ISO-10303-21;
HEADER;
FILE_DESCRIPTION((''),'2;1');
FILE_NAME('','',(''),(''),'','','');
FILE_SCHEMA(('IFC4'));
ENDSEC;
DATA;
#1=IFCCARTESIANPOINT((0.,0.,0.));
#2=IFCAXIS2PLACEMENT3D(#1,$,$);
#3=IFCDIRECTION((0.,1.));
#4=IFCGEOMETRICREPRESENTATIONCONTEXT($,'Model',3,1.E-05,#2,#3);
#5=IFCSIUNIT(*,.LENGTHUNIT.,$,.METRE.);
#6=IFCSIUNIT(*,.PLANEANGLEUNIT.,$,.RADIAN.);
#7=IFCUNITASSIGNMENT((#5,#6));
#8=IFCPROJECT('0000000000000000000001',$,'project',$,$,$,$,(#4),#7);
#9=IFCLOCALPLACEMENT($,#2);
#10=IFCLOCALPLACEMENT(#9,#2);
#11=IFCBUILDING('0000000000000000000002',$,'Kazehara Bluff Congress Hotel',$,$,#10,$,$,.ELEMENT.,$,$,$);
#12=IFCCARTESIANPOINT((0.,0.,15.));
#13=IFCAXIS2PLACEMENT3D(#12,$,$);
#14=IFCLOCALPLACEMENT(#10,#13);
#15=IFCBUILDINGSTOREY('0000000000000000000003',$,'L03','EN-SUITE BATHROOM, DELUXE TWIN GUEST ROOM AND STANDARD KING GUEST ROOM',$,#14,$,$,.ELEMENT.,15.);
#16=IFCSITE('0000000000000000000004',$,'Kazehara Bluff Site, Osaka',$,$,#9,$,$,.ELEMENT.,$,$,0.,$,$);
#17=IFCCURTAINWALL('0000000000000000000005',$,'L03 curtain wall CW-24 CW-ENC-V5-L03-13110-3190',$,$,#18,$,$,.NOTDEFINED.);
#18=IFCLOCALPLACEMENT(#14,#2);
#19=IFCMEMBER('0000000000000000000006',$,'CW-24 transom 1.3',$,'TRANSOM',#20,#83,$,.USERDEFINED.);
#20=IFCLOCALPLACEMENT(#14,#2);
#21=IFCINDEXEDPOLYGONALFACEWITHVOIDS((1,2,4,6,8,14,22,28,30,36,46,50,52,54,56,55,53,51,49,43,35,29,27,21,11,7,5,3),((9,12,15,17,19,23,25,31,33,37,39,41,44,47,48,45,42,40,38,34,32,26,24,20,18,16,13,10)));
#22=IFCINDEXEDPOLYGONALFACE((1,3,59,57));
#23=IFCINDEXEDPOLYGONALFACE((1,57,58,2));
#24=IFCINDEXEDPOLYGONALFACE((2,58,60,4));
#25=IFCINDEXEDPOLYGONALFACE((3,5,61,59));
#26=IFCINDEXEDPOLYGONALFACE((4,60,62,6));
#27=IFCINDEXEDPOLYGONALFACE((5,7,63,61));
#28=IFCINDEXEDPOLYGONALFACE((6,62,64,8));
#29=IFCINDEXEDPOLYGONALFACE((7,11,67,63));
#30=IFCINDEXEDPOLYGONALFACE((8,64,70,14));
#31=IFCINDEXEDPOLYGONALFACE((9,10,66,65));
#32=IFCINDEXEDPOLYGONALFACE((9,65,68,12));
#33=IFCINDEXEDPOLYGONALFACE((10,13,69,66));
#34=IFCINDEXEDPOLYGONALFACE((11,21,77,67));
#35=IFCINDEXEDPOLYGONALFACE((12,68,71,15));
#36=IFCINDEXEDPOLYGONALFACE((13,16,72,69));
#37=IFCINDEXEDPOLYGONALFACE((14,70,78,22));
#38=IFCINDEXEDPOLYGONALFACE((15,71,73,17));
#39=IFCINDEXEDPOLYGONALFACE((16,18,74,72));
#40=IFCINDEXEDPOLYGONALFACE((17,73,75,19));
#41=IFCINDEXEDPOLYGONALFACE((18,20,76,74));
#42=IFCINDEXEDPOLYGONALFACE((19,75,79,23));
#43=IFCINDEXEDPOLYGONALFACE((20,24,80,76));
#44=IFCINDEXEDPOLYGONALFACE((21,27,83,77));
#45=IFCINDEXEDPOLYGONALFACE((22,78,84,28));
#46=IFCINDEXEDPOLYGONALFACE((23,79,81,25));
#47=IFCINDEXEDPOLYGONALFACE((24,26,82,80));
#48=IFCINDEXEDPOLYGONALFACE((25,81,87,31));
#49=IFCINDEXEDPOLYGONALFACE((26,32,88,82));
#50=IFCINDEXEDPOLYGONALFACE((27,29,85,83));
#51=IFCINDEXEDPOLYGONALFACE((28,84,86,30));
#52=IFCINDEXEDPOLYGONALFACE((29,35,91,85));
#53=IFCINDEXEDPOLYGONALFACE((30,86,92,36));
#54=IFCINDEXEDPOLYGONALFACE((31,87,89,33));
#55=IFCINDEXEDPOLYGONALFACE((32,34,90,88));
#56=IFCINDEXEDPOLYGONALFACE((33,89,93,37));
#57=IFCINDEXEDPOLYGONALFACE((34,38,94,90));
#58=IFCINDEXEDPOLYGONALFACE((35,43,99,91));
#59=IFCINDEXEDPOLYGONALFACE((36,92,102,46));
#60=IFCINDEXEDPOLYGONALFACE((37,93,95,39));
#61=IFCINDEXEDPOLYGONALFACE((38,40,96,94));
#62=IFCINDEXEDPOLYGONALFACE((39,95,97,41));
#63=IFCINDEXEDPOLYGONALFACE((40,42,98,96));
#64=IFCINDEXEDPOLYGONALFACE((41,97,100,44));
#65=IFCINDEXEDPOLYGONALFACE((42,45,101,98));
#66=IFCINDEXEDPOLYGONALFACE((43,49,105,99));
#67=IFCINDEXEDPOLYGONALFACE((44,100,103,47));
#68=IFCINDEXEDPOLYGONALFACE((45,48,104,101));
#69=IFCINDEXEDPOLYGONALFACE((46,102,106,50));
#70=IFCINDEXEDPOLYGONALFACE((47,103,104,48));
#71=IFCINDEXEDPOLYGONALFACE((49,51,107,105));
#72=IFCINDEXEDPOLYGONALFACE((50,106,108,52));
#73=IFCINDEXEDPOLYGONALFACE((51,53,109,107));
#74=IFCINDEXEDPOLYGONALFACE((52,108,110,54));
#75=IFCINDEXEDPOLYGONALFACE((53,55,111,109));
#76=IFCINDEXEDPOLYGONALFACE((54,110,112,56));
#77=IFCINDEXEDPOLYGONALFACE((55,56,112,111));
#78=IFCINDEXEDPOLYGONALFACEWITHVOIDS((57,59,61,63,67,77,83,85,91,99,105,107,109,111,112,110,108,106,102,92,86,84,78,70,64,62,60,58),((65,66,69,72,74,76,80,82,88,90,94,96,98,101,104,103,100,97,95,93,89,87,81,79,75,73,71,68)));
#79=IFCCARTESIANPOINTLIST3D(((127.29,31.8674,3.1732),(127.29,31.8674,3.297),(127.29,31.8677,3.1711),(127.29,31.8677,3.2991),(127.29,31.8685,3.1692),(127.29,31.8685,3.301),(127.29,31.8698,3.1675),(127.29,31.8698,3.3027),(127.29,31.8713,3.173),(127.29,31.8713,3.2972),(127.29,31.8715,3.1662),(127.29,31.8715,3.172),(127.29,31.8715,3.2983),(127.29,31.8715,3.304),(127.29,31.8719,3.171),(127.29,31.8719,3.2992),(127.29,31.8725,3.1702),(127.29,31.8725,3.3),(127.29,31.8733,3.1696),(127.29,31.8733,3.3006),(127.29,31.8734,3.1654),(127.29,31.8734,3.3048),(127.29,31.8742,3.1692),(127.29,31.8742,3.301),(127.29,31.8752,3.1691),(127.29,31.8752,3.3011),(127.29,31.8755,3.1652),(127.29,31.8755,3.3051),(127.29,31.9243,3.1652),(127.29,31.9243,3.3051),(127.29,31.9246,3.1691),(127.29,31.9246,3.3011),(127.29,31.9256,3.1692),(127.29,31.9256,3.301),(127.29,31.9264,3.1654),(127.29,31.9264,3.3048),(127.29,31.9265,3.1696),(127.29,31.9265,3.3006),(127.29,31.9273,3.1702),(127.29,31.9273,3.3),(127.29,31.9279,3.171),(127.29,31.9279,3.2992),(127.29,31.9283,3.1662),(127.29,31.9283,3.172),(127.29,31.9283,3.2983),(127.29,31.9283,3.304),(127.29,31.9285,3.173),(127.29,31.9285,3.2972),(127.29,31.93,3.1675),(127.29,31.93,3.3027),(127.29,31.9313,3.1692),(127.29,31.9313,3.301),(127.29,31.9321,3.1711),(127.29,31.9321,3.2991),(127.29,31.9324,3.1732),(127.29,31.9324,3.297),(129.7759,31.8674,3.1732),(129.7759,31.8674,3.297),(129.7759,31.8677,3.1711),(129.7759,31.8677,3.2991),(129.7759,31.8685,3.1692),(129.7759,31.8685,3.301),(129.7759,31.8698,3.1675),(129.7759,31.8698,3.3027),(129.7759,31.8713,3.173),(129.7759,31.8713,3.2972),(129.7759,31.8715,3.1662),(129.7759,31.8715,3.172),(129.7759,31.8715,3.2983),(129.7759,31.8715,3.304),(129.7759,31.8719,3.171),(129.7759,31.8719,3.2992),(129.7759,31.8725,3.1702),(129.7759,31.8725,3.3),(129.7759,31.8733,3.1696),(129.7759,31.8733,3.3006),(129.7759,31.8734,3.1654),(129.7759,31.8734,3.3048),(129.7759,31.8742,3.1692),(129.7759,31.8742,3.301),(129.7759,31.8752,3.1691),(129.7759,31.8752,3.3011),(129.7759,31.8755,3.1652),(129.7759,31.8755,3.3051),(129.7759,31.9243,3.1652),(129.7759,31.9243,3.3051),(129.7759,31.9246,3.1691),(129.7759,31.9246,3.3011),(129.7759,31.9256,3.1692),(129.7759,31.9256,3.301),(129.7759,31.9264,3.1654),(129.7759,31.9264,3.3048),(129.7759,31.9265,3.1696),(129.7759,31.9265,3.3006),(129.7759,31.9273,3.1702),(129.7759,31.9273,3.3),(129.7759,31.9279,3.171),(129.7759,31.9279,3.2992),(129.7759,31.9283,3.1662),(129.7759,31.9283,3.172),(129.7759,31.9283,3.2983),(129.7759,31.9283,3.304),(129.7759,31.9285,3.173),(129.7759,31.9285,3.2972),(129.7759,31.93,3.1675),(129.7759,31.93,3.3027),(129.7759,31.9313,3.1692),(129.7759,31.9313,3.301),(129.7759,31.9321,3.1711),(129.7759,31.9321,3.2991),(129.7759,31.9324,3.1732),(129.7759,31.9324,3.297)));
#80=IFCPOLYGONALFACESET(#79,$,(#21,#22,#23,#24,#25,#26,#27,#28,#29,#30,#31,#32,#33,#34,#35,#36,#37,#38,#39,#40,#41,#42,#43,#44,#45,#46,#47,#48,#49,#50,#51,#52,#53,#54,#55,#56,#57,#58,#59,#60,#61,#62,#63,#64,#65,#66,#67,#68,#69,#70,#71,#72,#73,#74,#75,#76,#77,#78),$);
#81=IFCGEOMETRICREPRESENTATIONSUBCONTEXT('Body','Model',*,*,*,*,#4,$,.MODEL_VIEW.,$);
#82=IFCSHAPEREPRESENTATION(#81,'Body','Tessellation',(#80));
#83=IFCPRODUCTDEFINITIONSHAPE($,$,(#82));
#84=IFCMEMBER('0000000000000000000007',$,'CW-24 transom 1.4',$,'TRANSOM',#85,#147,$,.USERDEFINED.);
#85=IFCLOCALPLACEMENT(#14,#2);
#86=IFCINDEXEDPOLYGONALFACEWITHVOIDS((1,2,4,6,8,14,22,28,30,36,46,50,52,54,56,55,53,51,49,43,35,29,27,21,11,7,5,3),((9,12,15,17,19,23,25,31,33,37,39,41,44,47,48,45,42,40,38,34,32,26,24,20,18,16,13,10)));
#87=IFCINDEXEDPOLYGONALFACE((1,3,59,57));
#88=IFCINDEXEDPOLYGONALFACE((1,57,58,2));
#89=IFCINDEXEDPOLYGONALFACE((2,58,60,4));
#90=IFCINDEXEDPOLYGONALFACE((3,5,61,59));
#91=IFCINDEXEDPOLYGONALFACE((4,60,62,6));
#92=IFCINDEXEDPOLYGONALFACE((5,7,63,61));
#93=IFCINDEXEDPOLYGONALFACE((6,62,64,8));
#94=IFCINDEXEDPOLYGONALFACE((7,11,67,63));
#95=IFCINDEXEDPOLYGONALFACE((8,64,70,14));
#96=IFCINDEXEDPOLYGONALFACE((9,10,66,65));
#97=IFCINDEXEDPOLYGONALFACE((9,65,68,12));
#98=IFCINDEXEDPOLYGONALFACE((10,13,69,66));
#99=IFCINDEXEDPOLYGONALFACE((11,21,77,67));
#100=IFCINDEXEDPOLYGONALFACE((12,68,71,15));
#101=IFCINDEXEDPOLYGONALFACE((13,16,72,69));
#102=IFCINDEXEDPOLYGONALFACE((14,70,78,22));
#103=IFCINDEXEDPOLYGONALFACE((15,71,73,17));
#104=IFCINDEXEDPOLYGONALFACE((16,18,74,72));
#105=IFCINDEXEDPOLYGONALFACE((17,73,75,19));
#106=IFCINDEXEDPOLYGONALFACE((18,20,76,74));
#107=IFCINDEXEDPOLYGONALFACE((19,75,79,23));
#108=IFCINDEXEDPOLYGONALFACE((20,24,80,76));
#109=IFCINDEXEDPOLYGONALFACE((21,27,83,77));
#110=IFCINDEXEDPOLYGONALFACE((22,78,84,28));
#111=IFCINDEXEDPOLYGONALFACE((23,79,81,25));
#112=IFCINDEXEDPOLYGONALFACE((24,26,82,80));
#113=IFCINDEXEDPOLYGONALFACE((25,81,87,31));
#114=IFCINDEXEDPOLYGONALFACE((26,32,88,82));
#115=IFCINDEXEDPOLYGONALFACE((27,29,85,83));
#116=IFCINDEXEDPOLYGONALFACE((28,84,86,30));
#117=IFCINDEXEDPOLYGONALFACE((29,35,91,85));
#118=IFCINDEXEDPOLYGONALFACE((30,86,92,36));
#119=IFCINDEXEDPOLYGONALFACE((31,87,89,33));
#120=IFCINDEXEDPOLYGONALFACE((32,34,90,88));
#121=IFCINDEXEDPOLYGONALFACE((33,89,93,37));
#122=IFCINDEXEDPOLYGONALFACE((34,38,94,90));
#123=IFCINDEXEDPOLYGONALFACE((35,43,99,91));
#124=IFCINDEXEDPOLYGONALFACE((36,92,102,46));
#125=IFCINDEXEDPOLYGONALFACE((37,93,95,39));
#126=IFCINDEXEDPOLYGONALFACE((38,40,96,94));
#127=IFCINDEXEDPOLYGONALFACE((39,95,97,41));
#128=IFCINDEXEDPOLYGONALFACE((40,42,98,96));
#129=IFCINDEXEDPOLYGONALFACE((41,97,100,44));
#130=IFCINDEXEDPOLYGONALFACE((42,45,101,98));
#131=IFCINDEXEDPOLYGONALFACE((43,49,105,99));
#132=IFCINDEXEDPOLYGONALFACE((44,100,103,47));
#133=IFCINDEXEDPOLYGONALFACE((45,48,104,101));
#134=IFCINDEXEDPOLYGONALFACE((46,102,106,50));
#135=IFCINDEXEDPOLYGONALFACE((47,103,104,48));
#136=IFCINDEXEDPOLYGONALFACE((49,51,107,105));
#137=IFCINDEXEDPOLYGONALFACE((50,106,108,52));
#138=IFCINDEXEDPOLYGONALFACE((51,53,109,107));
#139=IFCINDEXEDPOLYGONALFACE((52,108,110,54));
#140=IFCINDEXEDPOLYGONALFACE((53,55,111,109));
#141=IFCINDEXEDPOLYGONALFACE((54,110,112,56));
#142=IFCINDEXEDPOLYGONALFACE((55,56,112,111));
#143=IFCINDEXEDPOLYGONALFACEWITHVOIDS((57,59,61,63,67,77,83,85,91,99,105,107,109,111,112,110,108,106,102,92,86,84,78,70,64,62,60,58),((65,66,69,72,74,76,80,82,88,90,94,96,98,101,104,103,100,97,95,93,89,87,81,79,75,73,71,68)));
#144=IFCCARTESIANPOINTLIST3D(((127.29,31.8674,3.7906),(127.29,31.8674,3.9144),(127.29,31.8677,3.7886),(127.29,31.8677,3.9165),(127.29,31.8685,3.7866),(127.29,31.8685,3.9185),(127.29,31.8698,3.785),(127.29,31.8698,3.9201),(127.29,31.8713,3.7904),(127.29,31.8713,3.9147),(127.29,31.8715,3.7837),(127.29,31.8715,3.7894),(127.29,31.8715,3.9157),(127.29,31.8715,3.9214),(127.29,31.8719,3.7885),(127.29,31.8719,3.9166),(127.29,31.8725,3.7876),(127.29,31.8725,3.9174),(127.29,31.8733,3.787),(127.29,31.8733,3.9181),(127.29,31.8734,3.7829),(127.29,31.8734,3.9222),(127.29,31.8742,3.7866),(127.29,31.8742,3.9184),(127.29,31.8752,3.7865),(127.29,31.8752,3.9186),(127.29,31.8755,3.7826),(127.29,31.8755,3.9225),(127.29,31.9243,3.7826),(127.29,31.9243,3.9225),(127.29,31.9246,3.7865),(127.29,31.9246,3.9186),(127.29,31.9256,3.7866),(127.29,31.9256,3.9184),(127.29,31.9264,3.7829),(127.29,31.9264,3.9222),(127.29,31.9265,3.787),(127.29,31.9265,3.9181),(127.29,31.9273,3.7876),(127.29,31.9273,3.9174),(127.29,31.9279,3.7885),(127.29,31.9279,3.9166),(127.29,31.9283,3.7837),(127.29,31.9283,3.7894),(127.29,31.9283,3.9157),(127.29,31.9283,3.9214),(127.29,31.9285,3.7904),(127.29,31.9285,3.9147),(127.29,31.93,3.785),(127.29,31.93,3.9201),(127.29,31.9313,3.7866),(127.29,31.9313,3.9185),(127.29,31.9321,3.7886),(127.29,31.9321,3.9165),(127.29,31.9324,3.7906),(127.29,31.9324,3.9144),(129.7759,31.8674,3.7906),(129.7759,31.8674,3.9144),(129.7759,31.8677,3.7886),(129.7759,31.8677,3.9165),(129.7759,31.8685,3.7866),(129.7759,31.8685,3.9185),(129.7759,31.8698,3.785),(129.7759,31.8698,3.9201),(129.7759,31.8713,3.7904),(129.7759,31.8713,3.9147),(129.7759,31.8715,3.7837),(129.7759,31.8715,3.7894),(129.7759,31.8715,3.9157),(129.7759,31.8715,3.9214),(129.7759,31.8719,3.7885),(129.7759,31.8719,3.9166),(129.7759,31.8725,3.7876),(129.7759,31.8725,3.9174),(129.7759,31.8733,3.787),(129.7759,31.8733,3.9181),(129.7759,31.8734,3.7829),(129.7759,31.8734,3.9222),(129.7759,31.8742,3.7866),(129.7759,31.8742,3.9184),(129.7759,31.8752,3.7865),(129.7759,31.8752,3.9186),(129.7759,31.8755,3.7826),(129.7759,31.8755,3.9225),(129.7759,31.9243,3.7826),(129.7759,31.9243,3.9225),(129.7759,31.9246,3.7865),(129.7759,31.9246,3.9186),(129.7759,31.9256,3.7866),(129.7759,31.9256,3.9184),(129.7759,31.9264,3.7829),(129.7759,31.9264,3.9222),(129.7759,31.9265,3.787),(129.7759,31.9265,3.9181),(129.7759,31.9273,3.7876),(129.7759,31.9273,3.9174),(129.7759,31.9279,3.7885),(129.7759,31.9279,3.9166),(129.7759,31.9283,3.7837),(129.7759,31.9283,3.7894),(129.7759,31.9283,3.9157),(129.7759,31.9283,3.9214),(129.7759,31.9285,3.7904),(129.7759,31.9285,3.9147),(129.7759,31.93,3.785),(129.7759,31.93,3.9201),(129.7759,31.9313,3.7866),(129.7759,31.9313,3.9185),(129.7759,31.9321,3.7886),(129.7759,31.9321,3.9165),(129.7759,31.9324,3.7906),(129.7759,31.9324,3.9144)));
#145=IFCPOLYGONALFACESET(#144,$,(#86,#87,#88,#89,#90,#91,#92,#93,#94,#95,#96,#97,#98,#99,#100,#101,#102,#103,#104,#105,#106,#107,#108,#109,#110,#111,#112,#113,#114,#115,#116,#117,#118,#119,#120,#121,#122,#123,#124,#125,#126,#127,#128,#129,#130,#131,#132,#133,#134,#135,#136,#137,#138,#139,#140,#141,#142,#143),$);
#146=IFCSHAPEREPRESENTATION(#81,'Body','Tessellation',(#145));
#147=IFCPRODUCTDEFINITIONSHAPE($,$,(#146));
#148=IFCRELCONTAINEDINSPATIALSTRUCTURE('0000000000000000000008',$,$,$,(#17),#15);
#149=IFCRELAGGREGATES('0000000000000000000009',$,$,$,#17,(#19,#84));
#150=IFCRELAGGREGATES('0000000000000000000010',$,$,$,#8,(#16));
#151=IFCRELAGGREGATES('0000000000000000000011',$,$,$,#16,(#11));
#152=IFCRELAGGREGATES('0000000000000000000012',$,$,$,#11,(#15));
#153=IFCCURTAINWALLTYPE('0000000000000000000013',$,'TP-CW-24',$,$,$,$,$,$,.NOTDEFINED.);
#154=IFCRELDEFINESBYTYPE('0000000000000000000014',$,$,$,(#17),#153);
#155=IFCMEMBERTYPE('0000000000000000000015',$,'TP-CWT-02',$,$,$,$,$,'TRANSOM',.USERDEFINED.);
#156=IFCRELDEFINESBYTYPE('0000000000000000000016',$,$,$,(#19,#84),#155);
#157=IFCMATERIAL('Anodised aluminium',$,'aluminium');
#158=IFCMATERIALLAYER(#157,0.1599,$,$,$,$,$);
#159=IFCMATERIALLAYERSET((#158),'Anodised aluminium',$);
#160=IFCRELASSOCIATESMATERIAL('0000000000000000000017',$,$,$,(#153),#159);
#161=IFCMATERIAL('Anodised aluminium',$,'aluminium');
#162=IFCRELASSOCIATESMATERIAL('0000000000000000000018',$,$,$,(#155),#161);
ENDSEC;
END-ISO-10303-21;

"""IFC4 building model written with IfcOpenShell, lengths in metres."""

from ifc_helpers import new_model, si_unit, direction, frame, origin, origin_2d, place, context, subcontext, project, spatial, hollow_rectangle, extrude, material, layer, layer_set, material_profile, profile_set, type_object, element, aggregate, save


model = new_model("IFC4")

# Units and contexts
model_context = context("Model", 3, precision=1e-05, world=origin(), true_north=direction((0.0, 1.0)))
body_context = subcontext(model_context, "Body", "Model", "MODEL_VIEW")
ifc_project = project(units=[si_unit("LENGTHUNIT", "METRE"), si_unit("PLANEANGLEUNIT", "RADIAN")], contexts=[model_context])

# Site, building, storey
site_placement = place(None, origin())
site = spatial("IfcSite", under=ifc_project, at=site_placement, Name="Kazehara Bluff Site, Osaka", CompositionType="ELEMENT", RefElevation=0.0)
building_placement = place(site_placement, origin())
building = spatial("IfcBuilding", under=site, at=building_placement, Name="Kazehara Bluff Congress Hotel", CompositionType="ELEMENT")
storey_placement = place(building_placement, frame((0.0, 0.0, 15.0)))
storey = spatial("IfcBuildingStorey", under=building, at=storey_placement, Name="L03", Description="EN-SUITE BATHROOM, DELUXE TWIN GUEST ROOM AND STANDARD KING GUEST ROOM", CompositionType="ELEMENT", Elevation=15.0)

# Curtain wall
ifc_material_1 = material(Name="Anodised aluminium", Category="aluminium")
ifc_layer_1 = layer(ifc_material_1, 0.1599)
ifc_layer_set_1 = layer_set([ifc_layer_1], Name="Anodised aluminium")
curtain_wall_type = type_object("IfcCurtainWallType", Name="TP-CW-24", PredefinedType="NOTDEFINED", material=ifc_layer_set_1)
curtain_wall_1_placement = place(storey_placement, origin())
curtain_wall_1 = element("IfcCurtainWall", 1, at=curtain_wall_1_placement, inside=storey, type_object=curtain_wall_type, Name="L03 curtain wall CW-24 CW-ENC-V5-L03-13110-3190", PredefinedType="NOTDEFINED")

# Members
ifc_material_2 = material(Name="Anodised aluminium", Category="aluminium")
ifc_material_profile_1 = material_profile(ifc_material_2, hollow_rectangle(XDim=0.0649, YDim=0.1399, WallThickness=0.0039, InnerFilletRadius=0.0039, OuterFilletRadius=0.0081, at=origin_2d()))
ifc_profile_set_1 = profile_set([ifc_material_profile_1], Name="Anodised aluminium")
member_type_1 = type_object("IfcMemberType", Name="TP-CWT-02", ElementType="TRANSOM", PredefinedType="USERDEFINED", material=ifc_profile_set_1)
member_1_placement = place(storey_placement, frame((127.29, 31.8999, 3.2351), z_axis=(1.0, 0.0, 0.0), x_axis=(0.0, 1.0, 0.0)))
member_1 = element("IfcMember", 2, at=member_1_placement, type_object=member_type_1, Name="CW-24 transom 1.3", ObjectType="TRANSOM", PredefinedType="USERDEFINED", context=body_context, shape_type="SweptSolid", body=[
    extrude(hollow_rectangle(XDim=0.0649, YDim=0.1399, WallThickness=0.0039, InnerFilletRadius=0.0039, OuterFilletRadius=0.0081, at=origin_2d()), origin(), (0.0, 0.0, 1.0), 2.4858),
])
member_2_placement = place(storey_placement, frame((127.29, 31.8999, 3.8525), z_axis=(1.0, 0.0, 0.0), x_axis=(0.0, 1.0, 0.0)))
member_2 = element("IfcMember", 3, at=member_2_placement, type_object=member_type_1, Name="CW-24 transom 1.4", ObjectType="TRANSOM", PredefinedType="USERDEFINED", context=body_context, shape_type="SweptSolid", body=[
    extrude(hollow_rectangle(XDim=0.0649, YDim=0.1399, WallThickness=0.0039, InnerFilletRadius=0.0039, OuterFilletRadius=0.0081, at=origin_2d()), origin(), (0.0, 0.0, 1.0), 2.4858),
])

aggregate(curtain_wall_1, [member_1, member_2])

save(model, "model.ifc")
